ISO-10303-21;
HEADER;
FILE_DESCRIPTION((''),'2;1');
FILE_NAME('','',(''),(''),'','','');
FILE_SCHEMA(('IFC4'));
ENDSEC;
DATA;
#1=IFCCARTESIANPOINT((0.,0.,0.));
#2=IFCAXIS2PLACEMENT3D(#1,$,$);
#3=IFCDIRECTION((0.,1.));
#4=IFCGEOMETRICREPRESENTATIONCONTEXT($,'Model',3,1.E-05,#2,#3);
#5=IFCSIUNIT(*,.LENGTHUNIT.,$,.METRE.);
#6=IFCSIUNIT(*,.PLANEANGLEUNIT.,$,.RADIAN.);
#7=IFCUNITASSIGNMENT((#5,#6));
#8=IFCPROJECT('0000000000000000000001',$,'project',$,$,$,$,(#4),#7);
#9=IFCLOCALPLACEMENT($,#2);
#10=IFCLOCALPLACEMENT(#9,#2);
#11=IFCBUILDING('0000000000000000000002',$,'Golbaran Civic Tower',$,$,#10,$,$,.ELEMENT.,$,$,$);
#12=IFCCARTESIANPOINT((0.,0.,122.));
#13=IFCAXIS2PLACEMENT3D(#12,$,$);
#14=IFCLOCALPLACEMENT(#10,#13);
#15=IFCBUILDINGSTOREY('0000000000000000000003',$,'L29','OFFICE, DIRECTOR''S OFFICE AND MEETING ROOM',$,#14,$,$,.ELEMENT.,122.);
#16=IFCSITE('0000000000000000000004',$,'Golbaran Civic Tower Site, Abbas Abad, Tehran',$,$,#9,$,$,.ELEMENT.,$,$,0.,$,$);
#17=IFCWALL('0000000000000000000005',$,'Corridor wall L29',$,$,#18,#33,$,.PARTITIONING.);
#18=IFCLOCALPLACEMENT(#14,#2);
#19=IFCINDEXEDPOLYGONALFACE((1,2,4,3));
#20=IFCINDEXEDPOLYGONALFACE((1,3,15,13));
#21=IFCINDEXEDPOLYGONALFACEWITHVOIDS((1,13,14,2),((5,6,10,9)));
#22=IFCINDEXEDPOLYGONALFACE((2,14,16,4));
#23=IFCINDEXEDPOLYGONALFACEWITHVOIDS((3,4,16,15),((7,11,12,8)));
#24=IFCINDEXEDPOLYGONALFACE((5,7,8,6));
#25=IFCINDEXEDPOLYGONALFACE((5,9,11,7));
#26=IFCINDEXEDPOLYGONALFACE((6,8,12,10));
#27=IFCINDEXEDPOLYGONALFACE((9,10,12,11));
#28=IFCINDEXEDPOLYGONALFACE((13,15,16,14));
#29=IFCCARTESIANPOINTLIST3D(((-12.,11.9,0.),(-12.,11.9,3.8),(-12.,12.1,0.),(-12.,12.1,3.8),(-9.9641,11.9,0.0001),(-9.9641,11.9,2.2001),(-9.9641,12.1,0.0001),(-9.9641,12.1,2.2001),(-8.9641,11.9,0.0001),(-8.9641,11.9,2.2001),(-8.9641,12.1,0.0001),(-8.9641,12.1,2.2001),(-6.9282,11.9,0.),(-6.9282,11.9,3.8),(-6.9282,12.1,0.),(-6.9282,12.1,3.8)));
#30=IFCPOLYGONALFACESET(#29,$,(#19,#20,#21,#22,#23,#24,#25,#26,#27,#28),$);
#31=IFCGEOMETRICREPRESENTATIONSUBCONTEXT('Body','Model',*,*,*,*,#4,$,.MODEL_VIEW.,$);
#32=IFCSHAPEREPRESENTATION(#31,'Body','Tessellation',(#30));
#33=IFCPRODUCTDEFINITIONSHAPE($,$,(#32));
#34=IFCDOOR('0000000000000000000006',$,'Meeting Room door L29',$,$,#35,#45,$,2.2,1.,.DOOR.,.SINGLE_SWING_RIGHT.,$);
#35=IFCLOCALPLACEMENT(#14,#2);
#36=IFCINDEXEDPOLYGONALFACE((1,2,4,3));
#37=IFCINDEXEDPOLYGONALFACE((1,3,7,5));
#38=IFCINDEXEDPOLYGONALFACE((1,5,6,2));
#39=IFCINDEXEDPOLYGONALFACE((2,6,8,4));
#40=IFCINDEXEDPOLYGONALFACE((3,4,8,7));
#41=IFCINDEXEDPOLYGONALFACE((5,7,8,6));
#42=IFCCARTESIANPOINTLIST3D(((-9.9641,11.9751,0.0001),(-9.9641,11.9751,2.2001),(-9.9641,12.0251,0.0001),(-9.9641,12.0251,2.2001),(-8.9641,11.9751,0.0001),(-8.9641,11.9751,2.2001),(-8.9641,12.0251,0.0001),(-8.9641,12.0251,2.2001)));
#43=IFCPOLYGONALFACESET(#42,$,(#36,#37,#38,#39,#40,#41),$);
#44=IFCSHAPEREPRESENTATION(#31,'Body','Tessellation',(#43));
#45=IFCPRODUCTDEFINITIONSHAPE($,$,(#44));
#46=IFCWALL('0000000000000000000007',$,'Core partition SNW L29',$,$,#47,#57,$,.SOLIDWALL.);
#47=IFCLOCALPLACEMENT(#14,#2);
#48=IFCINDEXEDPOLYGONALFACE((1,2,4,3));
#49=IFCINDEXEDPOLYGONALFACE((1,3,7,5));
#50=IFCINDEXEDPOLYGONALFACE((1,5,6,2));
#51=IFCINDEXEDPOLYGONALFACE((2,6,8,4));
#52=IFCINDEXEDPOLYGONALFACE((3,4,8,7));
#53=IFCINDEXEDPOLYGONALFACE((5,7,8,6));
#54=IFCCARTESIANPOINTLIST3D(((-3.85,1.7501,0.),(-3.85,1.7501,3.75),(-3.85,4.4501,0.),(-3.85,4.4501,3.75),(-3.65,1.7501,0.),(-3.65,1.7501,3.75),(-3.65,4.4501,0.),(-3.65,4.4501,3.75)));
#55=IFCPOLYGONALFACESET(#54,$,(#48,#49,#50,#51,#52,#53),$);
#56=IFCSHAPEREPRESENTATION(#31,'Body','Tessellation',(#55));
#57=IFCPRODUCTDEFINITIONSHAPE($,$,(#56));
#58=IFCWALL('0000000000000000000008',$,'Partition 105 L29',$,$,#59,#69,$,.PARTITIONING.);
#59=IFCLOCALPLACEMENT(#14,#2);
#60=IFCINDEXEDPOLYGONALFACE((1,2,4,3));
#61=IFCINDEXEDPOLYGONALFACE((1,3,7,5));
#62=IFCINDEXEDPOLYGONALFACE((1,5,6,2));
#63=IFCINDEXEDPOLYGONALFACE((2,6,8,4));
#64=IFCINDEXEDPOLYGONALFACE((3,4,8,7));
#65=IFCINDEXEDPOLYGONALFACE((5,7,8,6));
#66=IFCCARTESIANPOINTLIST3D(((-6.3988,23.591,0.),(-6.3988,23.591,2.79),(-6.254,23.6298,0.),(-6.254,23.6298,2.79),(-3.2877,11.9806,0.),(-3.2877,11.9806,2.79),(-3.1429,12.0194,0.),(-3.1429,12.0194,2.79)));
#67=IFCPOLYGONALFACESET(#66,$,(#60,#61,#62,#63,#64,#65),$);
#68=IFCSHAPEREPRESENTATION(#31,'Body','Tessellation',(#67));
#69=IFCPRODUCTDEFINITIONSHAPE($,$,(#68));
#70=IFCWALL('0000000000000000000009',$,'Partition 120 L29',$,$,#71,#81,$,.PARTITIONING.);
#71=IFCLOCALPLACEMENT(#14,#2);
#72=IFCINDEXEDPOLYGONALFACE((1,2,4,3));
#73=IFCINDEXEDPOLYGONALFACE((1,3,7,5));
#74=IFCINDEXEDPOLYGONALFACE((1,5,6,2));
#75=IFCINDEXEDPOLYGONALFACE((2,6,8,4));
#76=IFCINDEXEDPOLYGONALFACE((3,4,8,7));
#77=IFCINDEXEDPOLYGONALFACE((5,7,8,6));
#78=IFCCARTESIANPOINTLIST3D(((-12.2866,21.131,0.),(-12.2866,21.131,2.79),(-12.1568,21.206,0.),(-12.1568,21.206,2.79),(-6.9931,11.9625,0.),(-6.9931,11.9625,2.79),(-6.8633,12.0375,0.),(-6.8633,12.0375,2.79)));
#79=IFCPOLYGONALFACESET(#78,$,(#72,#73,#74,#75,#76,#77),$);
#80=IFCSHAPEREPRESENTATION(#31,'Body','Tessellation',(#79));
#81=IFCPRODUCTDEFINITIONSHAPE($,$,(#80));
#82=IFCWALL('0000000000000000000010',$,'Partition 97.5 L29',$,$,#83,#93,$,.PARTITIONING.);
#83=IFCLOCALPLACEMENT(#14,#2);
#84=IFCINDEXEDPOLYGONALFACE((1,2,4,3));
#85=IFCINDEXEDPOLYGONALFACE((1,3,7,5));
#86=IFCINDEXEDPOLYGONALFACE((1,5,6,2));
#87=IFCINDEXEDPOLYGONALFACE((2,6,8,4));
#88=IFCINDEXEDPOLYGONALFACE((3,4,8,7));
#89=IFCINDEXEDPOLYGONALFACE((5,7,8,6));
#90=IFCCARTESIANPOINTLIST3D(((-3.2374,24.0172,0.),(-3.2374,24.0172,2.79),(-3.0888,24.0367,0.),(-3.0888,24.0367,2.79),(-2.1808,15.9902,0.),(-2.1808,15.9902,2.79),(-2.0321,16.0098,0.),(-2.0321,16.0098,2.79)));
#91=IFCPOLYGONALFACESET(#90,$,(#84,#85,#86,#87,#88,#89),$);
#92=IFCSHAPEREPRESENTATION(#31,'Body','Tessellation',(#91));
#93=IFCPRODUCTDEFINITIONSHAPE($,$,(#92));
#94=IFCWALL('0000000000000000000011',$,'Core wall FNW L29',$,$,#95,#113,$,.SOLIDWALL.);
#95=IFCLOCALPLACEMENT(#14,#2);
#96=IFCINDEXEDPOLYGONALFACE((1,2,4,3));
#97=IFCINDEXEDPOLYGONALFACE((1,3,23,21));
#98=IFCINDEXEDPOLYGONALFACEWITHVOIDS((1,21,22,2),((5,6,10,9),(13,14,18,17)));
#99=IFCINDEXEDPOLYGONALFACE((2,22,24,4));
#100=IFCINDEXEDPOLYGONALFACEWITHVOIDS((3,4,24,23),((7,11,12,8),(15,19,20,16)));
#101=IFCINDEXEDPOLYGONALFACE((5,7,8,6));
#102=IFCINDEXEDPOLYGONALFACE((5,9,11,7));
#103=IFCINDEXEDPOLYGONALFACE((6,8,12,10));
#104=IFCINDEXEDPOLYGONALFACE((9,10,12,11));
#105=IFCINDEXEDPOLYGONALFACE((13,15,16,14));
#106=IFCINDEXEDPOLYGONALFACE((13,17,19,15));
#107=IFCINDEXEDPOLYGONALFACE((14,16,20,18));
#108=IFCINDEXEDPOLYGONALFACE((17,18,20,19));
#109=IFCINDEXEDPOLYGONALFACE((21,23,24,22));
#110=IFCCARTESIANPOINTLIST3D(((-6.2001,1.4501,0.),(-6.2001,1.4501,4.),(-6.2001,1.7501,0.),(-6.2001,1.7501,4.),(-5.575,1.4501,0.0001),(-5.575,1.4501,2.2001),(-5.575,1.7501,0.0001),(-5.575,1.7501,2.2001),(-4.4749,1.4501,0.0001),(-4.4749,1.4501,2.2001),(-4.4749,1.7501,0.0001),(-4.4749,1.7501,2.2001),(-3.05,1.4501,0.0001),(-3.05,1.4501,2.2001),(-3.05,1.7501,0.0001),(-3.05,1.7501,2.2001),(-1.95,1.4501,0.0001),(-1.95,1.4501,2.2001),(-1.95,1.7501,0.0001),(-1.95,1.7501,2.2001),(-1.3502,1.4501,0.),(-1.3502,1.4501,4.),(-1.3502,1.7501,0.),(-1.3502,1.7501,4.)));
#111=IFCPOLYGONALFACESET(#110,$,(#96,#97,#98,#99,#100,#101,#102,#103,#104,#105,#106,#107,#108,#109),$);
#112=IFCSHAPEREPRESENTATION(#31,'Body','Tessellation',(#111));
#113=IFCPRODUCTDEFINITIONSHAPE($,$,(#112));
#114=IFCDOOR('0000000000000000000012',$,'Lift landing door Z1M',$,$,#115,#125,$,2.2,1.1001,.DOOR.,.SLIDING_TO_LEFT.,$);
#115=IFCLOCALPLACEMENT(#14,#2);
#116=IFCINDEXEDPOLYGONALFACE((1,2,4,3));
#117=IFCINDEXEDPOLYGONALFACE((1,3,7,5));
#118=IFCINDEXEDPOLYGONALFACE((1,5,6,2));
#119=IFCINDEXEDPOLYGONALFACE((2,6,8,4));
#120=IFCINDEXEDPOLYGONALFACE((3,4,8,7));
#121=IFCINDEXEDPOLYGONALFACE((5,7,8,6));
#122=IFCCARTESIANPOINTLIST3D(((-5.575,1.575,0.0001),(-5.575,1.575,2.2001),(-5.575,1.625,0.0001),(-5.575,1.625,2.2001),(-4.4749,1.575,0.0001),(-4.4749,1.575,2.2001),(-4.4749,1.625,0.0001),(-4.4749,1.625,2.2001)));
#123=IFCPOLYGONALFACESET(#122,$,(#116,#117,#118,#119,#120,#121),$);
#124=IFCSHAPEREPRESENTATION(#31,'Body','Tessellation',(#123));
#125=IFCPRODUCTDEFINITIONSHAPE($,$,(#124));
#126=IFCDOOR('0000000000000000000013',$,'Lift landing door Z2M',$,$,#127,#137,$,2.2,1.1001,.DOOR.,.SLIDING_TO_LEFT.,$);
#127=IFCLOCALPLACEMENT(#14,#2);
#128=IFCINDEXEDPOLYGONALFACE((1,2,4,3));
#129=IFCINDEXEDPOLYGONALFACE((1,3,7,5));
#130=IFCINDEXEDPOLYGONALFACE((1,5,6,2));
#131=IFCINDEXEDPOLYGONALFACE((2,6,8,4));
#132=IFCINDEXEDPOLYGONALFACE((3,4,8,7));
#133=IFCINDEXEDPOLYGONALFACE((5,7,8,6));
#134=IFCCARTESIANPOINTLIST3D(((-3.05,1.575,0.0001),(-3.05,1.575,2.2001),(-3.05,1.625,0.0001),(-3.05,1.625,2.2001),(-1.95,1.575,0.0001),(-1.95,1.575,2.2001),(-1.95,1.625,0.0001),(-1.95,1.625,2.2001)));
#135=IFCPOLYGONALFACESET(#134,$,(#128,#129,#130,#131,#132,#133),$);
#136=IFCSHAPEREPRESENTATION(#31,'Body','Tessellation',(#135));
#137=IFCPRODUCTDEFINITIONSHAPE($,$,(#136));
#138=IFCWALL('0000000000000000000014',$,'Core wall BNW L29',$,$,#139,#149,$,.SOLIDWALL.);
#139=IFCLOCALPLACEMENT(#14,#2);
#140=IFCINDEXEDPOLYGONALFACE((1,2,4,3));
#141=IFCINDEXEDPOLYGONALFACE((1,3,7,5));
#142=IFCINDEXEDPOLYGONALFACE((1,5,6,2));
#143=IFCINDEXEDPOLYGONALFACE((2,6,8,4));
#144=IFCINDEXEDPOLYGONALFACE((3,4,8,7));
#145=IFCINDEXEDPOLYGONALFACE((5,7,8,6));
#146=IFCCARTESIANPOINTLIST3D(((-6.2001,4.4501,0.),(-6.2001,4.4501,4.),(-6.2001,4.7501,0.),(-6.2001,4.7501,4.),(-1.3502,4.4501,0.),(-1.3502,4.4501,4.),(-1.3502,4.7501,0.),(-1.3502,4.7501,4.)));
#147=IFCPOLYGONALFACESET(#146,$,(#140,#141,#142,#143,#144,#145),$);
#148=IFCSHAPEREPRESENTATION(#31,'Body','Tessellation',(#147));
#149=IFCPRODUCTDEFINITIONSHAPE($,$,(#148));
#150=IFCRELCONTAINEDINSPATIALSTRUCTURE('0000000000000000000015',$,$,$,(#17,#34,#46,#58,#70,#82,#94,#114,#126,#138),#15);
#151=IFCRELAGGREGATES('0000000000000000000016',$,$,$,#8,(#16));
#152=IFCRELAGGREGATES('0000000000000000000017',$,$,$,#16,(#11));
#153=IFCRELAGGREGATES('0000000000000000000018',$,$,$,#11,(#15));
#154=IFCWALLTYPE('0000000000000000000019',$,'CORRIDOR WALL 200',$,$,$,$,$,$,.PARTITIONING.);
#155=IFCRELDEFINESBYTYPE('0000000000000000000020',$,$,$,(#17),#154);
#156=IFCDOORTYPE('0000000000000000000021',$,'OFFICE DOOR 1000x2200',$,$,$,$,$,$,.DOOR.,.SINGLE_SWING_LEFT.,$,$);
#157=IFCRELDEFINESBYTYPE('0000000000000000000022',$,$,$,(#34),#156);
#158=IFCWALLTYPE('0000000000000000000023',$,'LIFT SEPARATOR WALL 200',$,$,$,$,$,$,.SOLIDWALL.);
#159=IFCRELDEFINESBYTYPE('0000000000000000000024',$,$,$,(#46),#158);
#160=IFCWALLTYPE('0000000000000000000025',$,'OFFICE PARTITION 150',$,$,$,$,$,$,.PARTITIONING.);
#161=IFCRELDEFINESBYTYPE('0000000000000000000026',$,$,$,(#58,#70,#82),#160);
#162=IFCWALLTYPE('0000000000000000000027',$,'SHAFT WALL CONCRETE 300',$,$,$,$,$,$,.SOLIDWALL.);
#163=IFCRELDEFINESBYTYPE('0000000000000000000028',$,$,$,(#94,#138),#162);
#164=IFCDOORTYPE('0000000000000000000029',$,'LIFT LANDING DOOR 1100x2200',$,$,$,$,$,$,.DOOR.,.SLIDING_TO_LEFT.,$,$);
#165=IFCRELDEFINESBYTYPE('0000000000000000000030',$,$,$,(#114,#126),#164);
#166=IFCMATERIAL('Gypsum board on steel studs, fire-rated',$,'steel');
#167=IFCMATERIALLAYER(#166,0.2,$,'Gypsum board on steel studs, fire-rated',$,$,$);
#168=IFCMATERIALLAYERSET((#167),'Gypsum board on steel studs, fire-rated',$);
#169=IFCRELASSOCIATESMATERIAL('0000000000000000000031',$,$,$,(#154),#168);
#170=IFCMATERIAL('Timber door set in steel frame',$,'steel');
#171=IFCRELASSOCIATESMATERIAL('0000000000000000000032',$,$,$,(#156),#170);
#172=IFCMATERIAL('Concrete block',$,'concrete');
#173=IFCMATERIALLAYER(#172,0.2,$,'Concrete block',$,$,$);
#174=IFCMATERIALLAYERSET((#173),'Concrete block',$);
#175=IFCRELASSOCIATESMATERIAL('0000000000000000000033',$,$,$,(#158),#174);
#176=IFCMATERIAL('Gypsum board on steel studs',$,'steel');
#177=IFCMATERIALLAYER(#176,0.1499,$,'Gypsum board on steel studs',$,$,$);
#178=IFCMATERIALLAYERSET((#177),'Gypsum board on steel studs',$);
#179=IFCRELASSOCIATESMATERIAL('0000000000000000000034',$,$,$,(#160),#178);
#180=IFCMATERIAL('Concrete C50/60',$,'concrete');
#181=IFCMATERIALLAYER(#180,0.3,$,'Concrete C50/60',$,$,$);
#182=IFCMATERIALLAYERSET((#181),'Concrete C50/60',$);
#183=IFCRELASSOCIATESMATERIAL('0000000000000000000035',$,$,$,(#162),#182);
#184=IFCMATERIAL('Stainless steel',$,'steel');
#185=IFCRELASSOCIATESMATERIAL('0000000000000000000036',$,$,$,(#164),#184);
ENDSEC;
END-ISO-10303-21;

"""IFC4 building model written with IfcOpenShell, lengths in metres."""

from ifc_helpers import new_model, si_unit, direction, frame, frame_2d, origin, place, context, subcontext, project, spatial, rectangle, extrude, material, layer, layer_set, type_object, element, fill, save


model = new_model("IFC4")

# Units and contexts
model_context = context("Model", 3, precision=1e-05, world=origin(), true_north=direction((0.0, 1.0)))
body_context = subcontext(model_context, "Body", "Model", "MODEL_VIEW")
ifc_project = project(units=[si_unit("LENGTHUNIT", "METRE"), si_unit("PLANEANGLEUNIT", "RADIAN")], contexts=[model_context])

# Site, building, storey
site_placement = place(None, origin())
site = spatial("IfcSite", under=ifc_project, at=site_placement, Name="Golbaran Civic Tower Site, Abbas Abad, Tehran", CompositionType="ELEMENT", RefElevation=0.0)
building_placement = place(site_placement, origin())
building = spatial("IfcBuilding", under=site, at=building_placement, Name="Golbaran Civic Tower", CompositionType="ELEMENT")
storey_placement = place(building_placement, frame((0.0, 0.0, 122.0)))
storey = spatial("IfcBuildingStorey", under=building, at=storey_placement, Name="L29", Description="OFFICE, DIRECTOR'S OFFICE AND MEETING ROOM", CompositionType="ELEMENT", Elevation=122.0)

# Shared definitions
ifc_material_1 = material(Name="Concrete C50/60", Category="concrete")

# Wall, opening, door
ifc_material_2 = material(Name="Gypsum board on steel studs, fire-rated", Category="steel")
ifc_layer_1 = layer(ifc_material_2, 0.2, Name="Gypsum board on steel studs, fire-rated")
ifc_layer_set_1 = layer_set([ifc_layer_1], Name="Gypsum board on steel studs, fire-rated")
wall_type_1 = type_object("IfcWallType", Name="CORRIDOR WALL 200", PredefinedType="PARTITIONING", material=ifc_layer_set_1)
ifc_material_3 = material(Name="Timber door set in steel frame", Category="steel")
door_type_1 = type_object("IfcDoorType", Name="OFFICE DOOR 1000x2200", OperationType="SINGLE_SWING_LEFT", PredefinedType="DOOR", material=ifc_material_3)
wall_1_placement = place(storey_placement, frame((-6.9282, 12.0, 0.0), z_axis=(0.0, 0.0, 1.0), x_axis=(-1.0, 0.0, 0.0)))
wall_1 = element("IfcWall", 1, at=wall_1_placement, inside=storey, type_object=wall_type_1, Name="Corridor wall L29", PredefinedType="PARTITIONING", context=body_context, shape_type="SweptSolid", body=[
    extrude(rectangle(XDim=5.0718, YDim=0.2, at=frame_2d((2.5359, 0.0))), origin(), (0.0, 0.0, 1.0), 3.8),
])
opening_1_placement = place(wall_1_placement, frame((2.0359, 0.0, 0.0)))
opening_1 = element("IfcOpeningElement", 2, at=opening_1_placement, cuts=wall_1, PredefinedType="OPENING", context=body_context, shape_type="SweptSolid", body=[
    extrude(rectangle(XDim=1.0, YDim=2.2, at=frame_2d((0.5, 1.1001))), frame((0.0, 0.1099, 0.0), z_axis=(0.0, -1.0, 0.0), x_axis=(1.0, 0.0, 0.0)), (0.0, 0.0, 1.0), 0.22),
])
door_1_placement = place(opening_1_placement, origin())
door_1 = element("IfcDoor", 3, at=door_1_placement, inside=storey, type_object=door_type_1, Name="Meeting Room door L29", OperationType="SINGLE_SWING_RIGHT", OverallHeight=2.2, OverallWidth=1.0, PredefinedType="DOOR", context=body_context, shape_type="SweptSolid", body=[
    extrude(rectangle(XDim=1.0, YDim=2.2, at=frame_2d((0.5, 1.1001))), frame((0.0, 0.0249, 0.0), z_axis=(0.0, -1.0, 0.0), x_axis=(1.0, 0.0, 0.0)), (0.0, 0.0, 1.0), 0.05),
])
fill(opening_1, door_1)

# Walls
ifc_material_4 = material(Name="Concrete block", Category="concrete")
ifc_layer_2 = layer(ifc_material_4, 0.2, Name="Concrete block")
ifc_layer_set_2 = layer_set([ifc_layer_2], Name="Concrete block")
wall_type_2 = type_object("IfcWallType", Name="LIFT SEPARATOR WALL 200", PredefinedType="SOLIDWALL", material=ifc_layer_set_2)
wall_2_placement = place(storey_placement, frame((-3.75, 1.75, 0.0), z_axis=(0.0, 0.0, 1.0), x_axis=(0.0, 1.0, 0.0)))
element("IfcWall", 4, at=wall_2_placement, inside=storey, type_object=wall_type_2, Name="Core partition SNW L29", PredefinedType="SOLIDWALL", context=body_context, shape_type="SweptSolid", body=[
    extrude(rectangle(XDim=2.7, YDim=0.2, at=frame_2d((1.3501, 0.0))), origin(), (0.0, 0.0, 1.0), 3.75),
])
ifc_material_5 = material(Name="Gypsum board on steel studs", Category="steel")
ifc_layer_3 = layer(ifc_material_5, 0.1499, Name="Gypsum board on steel studs")
ifc_layer_set_3 = layer_set([ifc_layer_3], Name="Gypsum board on steel studs")
wall_type_3 = type_object("IfcWallType", Name="OFFICE PARTITION 150", PredefinedType="PARTITIONING", material=ifc_layer_set_3)
wall_3_placement = place(storey_placement, frame((-3.2153, 12.0, 0.0), z_axis=(0.0, 0.0, 1.0), x_axis=(-0.258827, 0.965924, 0.0)))
element("IfcWall", 5, at=wall_3_placement, inside=storey, type_object=wall_type_3, Name="Partition 105 L29", PredefinedType="PARTITIONING", context=body_context, shape_type="SweptSolid", body=[
    extrude(rectangle(XDim=12.02, YDim=0.1499, at=frame_2d((6.01, 0.0))), origin(), (0.0, 0.0, 1.0), 2.79),
])
wall_4_placement = place(storey_placement, frame((-6.9282, 12.0, 0.0), z_axis=(0.0, 0.0, 1.0), x_axis=(-0.500003, 0.866024, 0.0)))
element("IfcWall", 6, at=wall_4_placement, inside=storey, type_object=wall_type_3, Name="Partition 120 L29", PredefinedType="PARTITIONING", context=body_context, shape_type="SweptSolid", body=[
    extrude(rectangle(XDim=10.5869, YDim=0.1499, at=frame_2d((5.2935, 0.0))), origin(), (0.0, 0.0, 1.0), 2.79),
])
wall_5_placement = place(storey_placement, frame((-2.1064, 16.0, 0.0), z_axis=(0.0, 0.0, 1.0), x_axis=(-0.130512, 0.991447, 0.0)))
element("IfcWall", 7, at=wall_5_placement, inside=storey, type_object=wall_type_3, Name="Partition 97.5 L29", PredefinedType="PARTITIONING", context=body_context, shape_type="SweptSolid", body=[
    extrude(rectangle(XDim=8.0962, YDim=0.1499, at=frame_2d((4.0481, 0.0))), origin(), (0.0, 0.0, 1.0), 2.79),
])

# Wall, openings, doors
ifc_layer_4 = layer(ifc_material_1, 0.3, Name="Concrete C50/60")
ifc_layer_set_4 = layer_set([ifc_layer_4], Name="Concrete C50/60")
wall_type_4 = type_object("IfcWallType", Name="SHAFT WALL CONCRETE 300", PredefinedType="SOLIDWALL", material=ifc_layer_set_4)
wall_6_placement = place(storey_placement, frame((-6.2, 1.6001, 0.0), z_axis=(0.0, 0.0, 1.0), x_axis=(1.0, 0.0, 0.0)))
wall_6 = element("IfcWall", 8, at=wall_6_placement, inside=storey, type_object=wall_type_4, Name="Core wall FNW L29", PredefinedType="SOLIDWALL", context=body_context, shape_type="SweptSolid", body=[
    extrude(rectangle(XDim=4.8499, YDim=0.3, at=frame_2d((2.4248, 0.0))), origin(), (0.0, 0.0, 1.0), 4.0),
])
opening_2_placement = place(wall_6_placement, frame((0.625, 0.0, 0.0)))
opening_2 = element("IfcOpeningElement", 9, at=opening_2_placement, cuts=wall_6, PredefinedType="OPENING", context=body_context, shape_type="SweptSolid", body=[
    extrude(rectangle(XDim=1.1001, YDim=2.2, at=frame_2d((0.55, 1.1001))), frame((0.0, 0.1599, 0.0), z_axis=(0.0, -1.0, 0.0), x_axis=(1.0, 0.0, 0.0)), (0.0, 0.0, 1.0), 0.3201),
])
opening_3_placement = place(wall_6_placement, frame((3.1499, 0.0, 0.0)))
opening_3 = element("IfcOpeningElement", 10, at=opening_3_placement, cuts=wall_6, PredefinedType="OPENING", context=body_context, shape_type="SweptSolid", body=[
    extrude(rectangle(XDim=1.1001, YDim=2.2, at=frame_2d((0.55, 1.1001))), frame((0.0, 0.1599, 0.0), z_axis=(0.0, -1.0, 0.0), x_axis=(1.0, 0.0, 0.0)), (0.0, 0.0, 1.0), 0.3201),
])
ifc_material_6 = material(Name="Stainless steel", Category="steel")
door_type_2 = type_object("IfcDoorType", Name="LIFT LANDING DOOR 1100x2200", OperationType="SLIDING_TO_LEFT", PredefinedType="DOOR", material=ifc_material_6)
door_2_placement = place(opening_2_placement, origin())
door_2 = element("IfcDoor", 11, at=door_2_placement, inside=storey, type_object=door_type_2, Name="Lift landing door Z1M", OperationType="SLIDING_TO_LEFT", OverallHeight=2.2, OverallWidth=1.1001, PredefinedType="DOOR", context=body_context, shape_type="SweptSolid", body=[
    extrude(rectangle(XDim=1.1001, YDim=2.2, at=frame_2d((0.55, 1.1001))), frame((0.0, 0.0249, 0.0), z_axis=(0.0, -1.0, 0.0), x_axis=(1.0, 0.0, 0.0)), (0.0, 0.0, 1.0), 0.05),
])
fill(opening_2, door_2)
door_3_placement = place(opening_3_placement, origin())
door_3 = element("IfcDoor", 12, at=door_3_placement, inside=storey, type_object=door_type_2, Name="Lift landing door Z2M", OperationType="SLIDING_TO_LEFT", OverallHeight=2.2, OverallWidth=1.1001, PredefinedType="DOOR", context=body_context, shape_type="SweptSolid", body=[
    extrude(rectangle(XDim=1.1001, YDim=2.2, at=frame_2d((0.55, 1.1001))), frame((0.0, 0.0249, 0.0), z_axis=(0.0, -1.0, 0.0), x_axis=(1.0, 0.0, 0.0)), (0.0, 0.0, 1.0), 0.05),
])
fill(opening_3, door_3)

# Wall
wall_7_placement = place(storey_placement, frame((-6.2, 4.6001, 0.0), z_axis=(0.0, 0.0, 1.0), x_axis=(1.0, 0.0, 0.0)))
element("IfcWall", 13, at=wall_7_placement, inside=storey, type_object=wall_type_4, Name="Core wall BNW L29", PredefinedType="SOLIDWALL", context=body_context, shape_type="SweptSolid", body=[
    extrude(rectangle(XDim=4.8499, YDim=0.3, at=frame_2d((2.4248, 0.0))), origin(), (0.0, 0.0, 1.0), 4.0),
])

save(model, "model.ifc")
